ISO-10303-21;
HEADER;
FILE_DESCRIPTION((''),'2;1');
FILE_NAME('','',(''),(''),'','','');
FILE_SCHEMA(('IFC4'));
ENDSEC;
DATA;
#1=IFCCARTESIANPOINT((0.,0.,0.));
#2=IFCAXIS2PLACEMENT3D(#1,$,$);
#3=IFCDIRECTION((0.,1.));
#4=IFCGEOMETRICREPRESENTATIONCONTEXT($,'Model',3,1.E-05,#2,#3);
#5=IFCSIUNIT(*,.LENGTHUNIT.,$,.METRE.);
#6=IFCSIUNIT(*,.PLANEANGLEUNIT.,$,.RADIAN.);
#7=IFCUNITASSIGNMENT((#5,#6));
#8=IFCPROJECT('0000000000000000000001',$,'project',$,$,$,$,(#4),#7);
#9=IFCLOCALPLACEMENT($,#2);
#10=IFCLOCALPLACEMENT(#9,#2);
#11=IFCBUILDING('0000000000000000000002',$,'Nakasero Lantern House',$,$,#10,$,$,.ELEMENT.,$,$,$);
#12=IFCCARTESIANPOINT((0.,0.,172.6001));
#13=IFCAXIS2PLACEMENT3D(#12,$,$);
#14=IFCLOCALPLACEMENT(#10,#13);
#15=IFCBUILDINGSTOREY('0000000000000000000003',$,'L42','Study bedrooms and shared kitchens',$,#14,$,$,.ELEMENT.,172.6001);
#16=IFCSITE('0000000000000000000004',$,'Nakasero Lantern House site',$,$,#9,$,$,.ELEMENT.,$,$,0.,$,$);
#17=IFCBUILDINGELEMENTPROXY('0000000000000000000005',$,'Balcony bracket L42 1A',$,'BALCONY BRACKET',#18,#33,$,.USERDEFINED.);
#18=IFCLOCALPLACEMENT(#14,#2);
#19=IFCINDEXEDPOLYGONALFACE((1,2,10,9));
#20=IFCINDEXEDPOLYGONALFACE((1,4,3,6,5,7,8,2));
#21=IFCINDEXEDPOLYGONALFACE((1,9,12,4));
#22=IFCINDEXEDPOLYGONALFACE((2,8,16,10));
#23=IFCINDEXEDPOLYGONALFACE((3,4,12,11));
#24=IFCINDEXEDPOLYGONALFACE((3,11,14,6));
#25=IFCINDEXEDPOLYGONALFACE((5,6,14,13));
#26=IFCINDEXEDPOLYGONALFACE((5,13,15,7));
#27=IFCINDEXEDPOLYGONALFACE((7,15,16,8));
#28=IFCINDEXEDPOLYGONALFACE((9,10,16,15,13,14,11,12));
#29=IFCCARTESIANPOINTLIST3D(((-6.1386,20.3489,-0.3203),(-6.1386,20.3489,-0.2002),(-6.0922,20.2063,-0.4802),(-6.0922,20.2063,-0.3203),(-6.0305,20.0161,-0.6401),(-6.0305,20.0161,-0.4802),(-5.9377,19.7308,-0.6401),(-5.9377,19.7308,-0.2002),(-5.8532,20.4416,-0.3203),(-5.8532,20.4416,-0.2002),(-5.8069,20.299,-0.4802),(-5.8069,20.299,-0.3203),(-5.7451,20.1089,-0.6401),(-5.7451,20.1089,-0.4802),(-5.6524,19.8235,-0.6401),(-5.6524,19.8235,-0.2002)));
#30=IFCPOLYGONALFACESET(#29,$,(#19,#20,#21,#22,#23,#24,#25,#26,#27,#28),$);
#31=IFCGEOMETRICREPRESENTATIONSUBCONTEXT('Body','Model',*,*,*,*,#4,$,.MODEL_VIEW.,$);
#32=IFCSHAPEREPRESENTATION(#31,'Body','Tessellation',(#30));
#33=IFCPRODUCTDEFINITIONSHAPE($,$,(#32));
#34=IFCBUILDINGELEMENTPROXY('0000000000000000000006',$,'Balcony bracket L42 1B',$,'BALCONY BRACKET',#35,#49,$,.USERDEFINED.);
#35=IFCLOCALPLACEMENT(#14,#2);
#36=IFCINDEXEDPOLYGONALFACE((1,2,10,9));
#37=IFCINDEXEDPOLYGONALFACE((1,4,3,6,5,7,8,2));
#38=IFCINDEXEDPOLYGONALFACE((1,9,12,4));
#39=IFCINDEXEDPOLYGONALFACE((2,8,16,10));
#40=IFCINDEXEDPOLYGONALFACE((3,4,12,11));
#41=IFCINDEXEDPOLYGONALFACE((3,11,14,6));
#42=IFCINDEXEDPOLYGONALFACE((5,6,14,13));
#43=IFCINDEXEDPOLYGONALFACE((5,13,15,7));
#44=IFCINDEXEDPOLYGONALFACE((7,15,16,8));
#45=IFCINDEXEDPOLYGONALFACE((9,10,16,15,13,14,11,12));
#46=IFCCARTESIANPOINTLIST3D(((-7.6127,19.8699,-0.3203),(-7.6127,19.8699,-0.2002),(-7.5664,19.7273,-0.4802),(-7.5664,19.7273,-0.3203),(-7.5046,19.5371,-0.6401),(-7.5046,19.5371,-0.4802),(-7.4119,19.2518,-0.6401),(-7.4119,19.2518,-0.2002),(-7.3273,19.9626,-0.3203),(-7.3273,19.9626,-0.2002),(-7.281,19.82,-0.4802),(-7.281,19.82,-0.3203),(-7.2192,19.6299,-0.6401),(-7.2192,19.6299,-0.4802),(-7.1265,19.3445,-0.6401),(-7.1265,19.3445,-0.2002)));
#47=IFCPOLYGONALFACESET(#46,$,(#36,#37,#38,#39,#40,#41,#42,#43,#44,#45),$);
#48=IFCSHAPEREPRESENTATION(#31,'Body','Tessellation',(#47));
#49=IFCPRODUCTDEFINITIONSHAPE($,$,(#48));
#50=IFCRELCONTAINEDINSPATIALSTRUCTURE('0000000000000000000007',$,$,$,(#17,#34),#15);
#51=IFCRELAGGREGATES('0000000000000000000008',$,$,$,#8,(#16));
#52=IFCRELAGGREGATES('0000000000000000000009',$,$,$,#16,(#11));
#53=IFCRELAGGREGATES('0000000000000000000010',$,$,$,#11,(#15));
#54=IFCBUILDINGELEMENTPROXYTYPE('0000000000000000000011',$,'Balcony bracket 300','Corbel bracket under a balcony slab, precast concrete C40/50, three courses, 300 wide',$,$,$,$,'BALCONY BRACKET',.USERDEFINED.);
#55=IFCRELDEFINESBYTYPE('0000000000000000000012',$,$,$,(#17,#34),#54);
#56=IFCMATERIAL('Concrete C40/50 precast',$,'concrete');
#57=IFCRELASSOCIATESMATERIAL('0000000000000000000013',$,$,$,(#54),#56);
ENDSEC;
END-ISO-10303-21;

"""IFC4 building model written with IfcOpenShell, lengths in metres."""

from ifc_helpers import new_model, si_unit, direction, frame, origin, place, context, subcontext, project, spatial, polyline, outline, extrude, material, type_object, element, save


model = new_model("IFC4")

# Units and contexts
model_context = context("Model", 3, precision=1e-05, world=origin(), true_north=direction((0.0, 1.0)))
body_context = subcontext(model_context, "Body", "Model", "MODEL_VIEW")
ifc_project = project(units=[si_unit("LENGTHUNIT", "METRE"), si_unit("PLANEANGLEUNIT", "RADIAN")], contexts=[model_context])

# Site, building, storey
site_placement = place(None, origin())
site = spatial("IfcSite", under=ifc_project, at=site_placement, Name="Nakasero Lantern House site", CompositionType="ELEMENT", RefElevation=0.0)
building_placement = place(site_placement, origin())
building = spatial("IfcBuilding", under=site, at=building_placement, Name="Nakasero Lantern House", CompositionType="ELEMENT")
storey_placement = place(building_placement, frame((0.0, 0.0, 172.6001)))
storey = spatial("IfcBuildingStorey", under=building, at=storey_placement, Name="L42", Description="Study bedrooms and shared kitchens", CompositionType="ELEMENT", Elevation=172.6001)

# Building element proxies
ifc_material_1 = material(Name="Concrete C40/50 precast", Category="concrete")
building_element_proxy_type = type_object("IfcBuildingElementProxyType", Name="Balcony bracket 300", Description="Corbel bracket under a balcony slab, precast concrete C40/50, three courses, 300 wide", ElementType="BALCONY BRACKET", PredefinedType="USERDEFINED", material=ifc_material_1)
for number, where, z_axis, x_axis, name in (
    (1, (-5.7952, 19.7771, -0.2002), (0.0, 0.0, 1.0), (-0.309017, 0.951057, 0.0), "Balcony bracket L42 1A"),
    (2, (-7.2693, 19.2981, -0.2002), (0.0, 0.0, 1.0), (-0.309017, 0.951057, 0.0), "Balcony bracket L42 1B"),
):
    element("IfcBuildingElementProxy", number, at=place(storey_placement, frame(where, z_axis=z_axis, x_axis=x_axis)), inside=storey, type_object=building_element_proxy_type, Name=name, ObjectType="BALCONY BRACKET", PredefinedType="USERDEFINED", context=body_context, shape_type="SweptSolid", body=[
        extrude(outline(polyline([(0.0, 0.0), (0.6499, 0.0), (0.6499, -0.1201), (0.5, -0.1201), (0.5, -0.28), (0.3, -0.28), (0.3, -0.4399), (0.0, -0.4399), (0.0, 0.0)])), frame((0.0, 0.1499, 0.0), z_axis=(0.0, -1.0, 0.0), x_axis=(1.0, 0.0, 0.0)), (0.0, 0.0, 1.0), 0.3),
    ])

save(model, "model.ifc")
